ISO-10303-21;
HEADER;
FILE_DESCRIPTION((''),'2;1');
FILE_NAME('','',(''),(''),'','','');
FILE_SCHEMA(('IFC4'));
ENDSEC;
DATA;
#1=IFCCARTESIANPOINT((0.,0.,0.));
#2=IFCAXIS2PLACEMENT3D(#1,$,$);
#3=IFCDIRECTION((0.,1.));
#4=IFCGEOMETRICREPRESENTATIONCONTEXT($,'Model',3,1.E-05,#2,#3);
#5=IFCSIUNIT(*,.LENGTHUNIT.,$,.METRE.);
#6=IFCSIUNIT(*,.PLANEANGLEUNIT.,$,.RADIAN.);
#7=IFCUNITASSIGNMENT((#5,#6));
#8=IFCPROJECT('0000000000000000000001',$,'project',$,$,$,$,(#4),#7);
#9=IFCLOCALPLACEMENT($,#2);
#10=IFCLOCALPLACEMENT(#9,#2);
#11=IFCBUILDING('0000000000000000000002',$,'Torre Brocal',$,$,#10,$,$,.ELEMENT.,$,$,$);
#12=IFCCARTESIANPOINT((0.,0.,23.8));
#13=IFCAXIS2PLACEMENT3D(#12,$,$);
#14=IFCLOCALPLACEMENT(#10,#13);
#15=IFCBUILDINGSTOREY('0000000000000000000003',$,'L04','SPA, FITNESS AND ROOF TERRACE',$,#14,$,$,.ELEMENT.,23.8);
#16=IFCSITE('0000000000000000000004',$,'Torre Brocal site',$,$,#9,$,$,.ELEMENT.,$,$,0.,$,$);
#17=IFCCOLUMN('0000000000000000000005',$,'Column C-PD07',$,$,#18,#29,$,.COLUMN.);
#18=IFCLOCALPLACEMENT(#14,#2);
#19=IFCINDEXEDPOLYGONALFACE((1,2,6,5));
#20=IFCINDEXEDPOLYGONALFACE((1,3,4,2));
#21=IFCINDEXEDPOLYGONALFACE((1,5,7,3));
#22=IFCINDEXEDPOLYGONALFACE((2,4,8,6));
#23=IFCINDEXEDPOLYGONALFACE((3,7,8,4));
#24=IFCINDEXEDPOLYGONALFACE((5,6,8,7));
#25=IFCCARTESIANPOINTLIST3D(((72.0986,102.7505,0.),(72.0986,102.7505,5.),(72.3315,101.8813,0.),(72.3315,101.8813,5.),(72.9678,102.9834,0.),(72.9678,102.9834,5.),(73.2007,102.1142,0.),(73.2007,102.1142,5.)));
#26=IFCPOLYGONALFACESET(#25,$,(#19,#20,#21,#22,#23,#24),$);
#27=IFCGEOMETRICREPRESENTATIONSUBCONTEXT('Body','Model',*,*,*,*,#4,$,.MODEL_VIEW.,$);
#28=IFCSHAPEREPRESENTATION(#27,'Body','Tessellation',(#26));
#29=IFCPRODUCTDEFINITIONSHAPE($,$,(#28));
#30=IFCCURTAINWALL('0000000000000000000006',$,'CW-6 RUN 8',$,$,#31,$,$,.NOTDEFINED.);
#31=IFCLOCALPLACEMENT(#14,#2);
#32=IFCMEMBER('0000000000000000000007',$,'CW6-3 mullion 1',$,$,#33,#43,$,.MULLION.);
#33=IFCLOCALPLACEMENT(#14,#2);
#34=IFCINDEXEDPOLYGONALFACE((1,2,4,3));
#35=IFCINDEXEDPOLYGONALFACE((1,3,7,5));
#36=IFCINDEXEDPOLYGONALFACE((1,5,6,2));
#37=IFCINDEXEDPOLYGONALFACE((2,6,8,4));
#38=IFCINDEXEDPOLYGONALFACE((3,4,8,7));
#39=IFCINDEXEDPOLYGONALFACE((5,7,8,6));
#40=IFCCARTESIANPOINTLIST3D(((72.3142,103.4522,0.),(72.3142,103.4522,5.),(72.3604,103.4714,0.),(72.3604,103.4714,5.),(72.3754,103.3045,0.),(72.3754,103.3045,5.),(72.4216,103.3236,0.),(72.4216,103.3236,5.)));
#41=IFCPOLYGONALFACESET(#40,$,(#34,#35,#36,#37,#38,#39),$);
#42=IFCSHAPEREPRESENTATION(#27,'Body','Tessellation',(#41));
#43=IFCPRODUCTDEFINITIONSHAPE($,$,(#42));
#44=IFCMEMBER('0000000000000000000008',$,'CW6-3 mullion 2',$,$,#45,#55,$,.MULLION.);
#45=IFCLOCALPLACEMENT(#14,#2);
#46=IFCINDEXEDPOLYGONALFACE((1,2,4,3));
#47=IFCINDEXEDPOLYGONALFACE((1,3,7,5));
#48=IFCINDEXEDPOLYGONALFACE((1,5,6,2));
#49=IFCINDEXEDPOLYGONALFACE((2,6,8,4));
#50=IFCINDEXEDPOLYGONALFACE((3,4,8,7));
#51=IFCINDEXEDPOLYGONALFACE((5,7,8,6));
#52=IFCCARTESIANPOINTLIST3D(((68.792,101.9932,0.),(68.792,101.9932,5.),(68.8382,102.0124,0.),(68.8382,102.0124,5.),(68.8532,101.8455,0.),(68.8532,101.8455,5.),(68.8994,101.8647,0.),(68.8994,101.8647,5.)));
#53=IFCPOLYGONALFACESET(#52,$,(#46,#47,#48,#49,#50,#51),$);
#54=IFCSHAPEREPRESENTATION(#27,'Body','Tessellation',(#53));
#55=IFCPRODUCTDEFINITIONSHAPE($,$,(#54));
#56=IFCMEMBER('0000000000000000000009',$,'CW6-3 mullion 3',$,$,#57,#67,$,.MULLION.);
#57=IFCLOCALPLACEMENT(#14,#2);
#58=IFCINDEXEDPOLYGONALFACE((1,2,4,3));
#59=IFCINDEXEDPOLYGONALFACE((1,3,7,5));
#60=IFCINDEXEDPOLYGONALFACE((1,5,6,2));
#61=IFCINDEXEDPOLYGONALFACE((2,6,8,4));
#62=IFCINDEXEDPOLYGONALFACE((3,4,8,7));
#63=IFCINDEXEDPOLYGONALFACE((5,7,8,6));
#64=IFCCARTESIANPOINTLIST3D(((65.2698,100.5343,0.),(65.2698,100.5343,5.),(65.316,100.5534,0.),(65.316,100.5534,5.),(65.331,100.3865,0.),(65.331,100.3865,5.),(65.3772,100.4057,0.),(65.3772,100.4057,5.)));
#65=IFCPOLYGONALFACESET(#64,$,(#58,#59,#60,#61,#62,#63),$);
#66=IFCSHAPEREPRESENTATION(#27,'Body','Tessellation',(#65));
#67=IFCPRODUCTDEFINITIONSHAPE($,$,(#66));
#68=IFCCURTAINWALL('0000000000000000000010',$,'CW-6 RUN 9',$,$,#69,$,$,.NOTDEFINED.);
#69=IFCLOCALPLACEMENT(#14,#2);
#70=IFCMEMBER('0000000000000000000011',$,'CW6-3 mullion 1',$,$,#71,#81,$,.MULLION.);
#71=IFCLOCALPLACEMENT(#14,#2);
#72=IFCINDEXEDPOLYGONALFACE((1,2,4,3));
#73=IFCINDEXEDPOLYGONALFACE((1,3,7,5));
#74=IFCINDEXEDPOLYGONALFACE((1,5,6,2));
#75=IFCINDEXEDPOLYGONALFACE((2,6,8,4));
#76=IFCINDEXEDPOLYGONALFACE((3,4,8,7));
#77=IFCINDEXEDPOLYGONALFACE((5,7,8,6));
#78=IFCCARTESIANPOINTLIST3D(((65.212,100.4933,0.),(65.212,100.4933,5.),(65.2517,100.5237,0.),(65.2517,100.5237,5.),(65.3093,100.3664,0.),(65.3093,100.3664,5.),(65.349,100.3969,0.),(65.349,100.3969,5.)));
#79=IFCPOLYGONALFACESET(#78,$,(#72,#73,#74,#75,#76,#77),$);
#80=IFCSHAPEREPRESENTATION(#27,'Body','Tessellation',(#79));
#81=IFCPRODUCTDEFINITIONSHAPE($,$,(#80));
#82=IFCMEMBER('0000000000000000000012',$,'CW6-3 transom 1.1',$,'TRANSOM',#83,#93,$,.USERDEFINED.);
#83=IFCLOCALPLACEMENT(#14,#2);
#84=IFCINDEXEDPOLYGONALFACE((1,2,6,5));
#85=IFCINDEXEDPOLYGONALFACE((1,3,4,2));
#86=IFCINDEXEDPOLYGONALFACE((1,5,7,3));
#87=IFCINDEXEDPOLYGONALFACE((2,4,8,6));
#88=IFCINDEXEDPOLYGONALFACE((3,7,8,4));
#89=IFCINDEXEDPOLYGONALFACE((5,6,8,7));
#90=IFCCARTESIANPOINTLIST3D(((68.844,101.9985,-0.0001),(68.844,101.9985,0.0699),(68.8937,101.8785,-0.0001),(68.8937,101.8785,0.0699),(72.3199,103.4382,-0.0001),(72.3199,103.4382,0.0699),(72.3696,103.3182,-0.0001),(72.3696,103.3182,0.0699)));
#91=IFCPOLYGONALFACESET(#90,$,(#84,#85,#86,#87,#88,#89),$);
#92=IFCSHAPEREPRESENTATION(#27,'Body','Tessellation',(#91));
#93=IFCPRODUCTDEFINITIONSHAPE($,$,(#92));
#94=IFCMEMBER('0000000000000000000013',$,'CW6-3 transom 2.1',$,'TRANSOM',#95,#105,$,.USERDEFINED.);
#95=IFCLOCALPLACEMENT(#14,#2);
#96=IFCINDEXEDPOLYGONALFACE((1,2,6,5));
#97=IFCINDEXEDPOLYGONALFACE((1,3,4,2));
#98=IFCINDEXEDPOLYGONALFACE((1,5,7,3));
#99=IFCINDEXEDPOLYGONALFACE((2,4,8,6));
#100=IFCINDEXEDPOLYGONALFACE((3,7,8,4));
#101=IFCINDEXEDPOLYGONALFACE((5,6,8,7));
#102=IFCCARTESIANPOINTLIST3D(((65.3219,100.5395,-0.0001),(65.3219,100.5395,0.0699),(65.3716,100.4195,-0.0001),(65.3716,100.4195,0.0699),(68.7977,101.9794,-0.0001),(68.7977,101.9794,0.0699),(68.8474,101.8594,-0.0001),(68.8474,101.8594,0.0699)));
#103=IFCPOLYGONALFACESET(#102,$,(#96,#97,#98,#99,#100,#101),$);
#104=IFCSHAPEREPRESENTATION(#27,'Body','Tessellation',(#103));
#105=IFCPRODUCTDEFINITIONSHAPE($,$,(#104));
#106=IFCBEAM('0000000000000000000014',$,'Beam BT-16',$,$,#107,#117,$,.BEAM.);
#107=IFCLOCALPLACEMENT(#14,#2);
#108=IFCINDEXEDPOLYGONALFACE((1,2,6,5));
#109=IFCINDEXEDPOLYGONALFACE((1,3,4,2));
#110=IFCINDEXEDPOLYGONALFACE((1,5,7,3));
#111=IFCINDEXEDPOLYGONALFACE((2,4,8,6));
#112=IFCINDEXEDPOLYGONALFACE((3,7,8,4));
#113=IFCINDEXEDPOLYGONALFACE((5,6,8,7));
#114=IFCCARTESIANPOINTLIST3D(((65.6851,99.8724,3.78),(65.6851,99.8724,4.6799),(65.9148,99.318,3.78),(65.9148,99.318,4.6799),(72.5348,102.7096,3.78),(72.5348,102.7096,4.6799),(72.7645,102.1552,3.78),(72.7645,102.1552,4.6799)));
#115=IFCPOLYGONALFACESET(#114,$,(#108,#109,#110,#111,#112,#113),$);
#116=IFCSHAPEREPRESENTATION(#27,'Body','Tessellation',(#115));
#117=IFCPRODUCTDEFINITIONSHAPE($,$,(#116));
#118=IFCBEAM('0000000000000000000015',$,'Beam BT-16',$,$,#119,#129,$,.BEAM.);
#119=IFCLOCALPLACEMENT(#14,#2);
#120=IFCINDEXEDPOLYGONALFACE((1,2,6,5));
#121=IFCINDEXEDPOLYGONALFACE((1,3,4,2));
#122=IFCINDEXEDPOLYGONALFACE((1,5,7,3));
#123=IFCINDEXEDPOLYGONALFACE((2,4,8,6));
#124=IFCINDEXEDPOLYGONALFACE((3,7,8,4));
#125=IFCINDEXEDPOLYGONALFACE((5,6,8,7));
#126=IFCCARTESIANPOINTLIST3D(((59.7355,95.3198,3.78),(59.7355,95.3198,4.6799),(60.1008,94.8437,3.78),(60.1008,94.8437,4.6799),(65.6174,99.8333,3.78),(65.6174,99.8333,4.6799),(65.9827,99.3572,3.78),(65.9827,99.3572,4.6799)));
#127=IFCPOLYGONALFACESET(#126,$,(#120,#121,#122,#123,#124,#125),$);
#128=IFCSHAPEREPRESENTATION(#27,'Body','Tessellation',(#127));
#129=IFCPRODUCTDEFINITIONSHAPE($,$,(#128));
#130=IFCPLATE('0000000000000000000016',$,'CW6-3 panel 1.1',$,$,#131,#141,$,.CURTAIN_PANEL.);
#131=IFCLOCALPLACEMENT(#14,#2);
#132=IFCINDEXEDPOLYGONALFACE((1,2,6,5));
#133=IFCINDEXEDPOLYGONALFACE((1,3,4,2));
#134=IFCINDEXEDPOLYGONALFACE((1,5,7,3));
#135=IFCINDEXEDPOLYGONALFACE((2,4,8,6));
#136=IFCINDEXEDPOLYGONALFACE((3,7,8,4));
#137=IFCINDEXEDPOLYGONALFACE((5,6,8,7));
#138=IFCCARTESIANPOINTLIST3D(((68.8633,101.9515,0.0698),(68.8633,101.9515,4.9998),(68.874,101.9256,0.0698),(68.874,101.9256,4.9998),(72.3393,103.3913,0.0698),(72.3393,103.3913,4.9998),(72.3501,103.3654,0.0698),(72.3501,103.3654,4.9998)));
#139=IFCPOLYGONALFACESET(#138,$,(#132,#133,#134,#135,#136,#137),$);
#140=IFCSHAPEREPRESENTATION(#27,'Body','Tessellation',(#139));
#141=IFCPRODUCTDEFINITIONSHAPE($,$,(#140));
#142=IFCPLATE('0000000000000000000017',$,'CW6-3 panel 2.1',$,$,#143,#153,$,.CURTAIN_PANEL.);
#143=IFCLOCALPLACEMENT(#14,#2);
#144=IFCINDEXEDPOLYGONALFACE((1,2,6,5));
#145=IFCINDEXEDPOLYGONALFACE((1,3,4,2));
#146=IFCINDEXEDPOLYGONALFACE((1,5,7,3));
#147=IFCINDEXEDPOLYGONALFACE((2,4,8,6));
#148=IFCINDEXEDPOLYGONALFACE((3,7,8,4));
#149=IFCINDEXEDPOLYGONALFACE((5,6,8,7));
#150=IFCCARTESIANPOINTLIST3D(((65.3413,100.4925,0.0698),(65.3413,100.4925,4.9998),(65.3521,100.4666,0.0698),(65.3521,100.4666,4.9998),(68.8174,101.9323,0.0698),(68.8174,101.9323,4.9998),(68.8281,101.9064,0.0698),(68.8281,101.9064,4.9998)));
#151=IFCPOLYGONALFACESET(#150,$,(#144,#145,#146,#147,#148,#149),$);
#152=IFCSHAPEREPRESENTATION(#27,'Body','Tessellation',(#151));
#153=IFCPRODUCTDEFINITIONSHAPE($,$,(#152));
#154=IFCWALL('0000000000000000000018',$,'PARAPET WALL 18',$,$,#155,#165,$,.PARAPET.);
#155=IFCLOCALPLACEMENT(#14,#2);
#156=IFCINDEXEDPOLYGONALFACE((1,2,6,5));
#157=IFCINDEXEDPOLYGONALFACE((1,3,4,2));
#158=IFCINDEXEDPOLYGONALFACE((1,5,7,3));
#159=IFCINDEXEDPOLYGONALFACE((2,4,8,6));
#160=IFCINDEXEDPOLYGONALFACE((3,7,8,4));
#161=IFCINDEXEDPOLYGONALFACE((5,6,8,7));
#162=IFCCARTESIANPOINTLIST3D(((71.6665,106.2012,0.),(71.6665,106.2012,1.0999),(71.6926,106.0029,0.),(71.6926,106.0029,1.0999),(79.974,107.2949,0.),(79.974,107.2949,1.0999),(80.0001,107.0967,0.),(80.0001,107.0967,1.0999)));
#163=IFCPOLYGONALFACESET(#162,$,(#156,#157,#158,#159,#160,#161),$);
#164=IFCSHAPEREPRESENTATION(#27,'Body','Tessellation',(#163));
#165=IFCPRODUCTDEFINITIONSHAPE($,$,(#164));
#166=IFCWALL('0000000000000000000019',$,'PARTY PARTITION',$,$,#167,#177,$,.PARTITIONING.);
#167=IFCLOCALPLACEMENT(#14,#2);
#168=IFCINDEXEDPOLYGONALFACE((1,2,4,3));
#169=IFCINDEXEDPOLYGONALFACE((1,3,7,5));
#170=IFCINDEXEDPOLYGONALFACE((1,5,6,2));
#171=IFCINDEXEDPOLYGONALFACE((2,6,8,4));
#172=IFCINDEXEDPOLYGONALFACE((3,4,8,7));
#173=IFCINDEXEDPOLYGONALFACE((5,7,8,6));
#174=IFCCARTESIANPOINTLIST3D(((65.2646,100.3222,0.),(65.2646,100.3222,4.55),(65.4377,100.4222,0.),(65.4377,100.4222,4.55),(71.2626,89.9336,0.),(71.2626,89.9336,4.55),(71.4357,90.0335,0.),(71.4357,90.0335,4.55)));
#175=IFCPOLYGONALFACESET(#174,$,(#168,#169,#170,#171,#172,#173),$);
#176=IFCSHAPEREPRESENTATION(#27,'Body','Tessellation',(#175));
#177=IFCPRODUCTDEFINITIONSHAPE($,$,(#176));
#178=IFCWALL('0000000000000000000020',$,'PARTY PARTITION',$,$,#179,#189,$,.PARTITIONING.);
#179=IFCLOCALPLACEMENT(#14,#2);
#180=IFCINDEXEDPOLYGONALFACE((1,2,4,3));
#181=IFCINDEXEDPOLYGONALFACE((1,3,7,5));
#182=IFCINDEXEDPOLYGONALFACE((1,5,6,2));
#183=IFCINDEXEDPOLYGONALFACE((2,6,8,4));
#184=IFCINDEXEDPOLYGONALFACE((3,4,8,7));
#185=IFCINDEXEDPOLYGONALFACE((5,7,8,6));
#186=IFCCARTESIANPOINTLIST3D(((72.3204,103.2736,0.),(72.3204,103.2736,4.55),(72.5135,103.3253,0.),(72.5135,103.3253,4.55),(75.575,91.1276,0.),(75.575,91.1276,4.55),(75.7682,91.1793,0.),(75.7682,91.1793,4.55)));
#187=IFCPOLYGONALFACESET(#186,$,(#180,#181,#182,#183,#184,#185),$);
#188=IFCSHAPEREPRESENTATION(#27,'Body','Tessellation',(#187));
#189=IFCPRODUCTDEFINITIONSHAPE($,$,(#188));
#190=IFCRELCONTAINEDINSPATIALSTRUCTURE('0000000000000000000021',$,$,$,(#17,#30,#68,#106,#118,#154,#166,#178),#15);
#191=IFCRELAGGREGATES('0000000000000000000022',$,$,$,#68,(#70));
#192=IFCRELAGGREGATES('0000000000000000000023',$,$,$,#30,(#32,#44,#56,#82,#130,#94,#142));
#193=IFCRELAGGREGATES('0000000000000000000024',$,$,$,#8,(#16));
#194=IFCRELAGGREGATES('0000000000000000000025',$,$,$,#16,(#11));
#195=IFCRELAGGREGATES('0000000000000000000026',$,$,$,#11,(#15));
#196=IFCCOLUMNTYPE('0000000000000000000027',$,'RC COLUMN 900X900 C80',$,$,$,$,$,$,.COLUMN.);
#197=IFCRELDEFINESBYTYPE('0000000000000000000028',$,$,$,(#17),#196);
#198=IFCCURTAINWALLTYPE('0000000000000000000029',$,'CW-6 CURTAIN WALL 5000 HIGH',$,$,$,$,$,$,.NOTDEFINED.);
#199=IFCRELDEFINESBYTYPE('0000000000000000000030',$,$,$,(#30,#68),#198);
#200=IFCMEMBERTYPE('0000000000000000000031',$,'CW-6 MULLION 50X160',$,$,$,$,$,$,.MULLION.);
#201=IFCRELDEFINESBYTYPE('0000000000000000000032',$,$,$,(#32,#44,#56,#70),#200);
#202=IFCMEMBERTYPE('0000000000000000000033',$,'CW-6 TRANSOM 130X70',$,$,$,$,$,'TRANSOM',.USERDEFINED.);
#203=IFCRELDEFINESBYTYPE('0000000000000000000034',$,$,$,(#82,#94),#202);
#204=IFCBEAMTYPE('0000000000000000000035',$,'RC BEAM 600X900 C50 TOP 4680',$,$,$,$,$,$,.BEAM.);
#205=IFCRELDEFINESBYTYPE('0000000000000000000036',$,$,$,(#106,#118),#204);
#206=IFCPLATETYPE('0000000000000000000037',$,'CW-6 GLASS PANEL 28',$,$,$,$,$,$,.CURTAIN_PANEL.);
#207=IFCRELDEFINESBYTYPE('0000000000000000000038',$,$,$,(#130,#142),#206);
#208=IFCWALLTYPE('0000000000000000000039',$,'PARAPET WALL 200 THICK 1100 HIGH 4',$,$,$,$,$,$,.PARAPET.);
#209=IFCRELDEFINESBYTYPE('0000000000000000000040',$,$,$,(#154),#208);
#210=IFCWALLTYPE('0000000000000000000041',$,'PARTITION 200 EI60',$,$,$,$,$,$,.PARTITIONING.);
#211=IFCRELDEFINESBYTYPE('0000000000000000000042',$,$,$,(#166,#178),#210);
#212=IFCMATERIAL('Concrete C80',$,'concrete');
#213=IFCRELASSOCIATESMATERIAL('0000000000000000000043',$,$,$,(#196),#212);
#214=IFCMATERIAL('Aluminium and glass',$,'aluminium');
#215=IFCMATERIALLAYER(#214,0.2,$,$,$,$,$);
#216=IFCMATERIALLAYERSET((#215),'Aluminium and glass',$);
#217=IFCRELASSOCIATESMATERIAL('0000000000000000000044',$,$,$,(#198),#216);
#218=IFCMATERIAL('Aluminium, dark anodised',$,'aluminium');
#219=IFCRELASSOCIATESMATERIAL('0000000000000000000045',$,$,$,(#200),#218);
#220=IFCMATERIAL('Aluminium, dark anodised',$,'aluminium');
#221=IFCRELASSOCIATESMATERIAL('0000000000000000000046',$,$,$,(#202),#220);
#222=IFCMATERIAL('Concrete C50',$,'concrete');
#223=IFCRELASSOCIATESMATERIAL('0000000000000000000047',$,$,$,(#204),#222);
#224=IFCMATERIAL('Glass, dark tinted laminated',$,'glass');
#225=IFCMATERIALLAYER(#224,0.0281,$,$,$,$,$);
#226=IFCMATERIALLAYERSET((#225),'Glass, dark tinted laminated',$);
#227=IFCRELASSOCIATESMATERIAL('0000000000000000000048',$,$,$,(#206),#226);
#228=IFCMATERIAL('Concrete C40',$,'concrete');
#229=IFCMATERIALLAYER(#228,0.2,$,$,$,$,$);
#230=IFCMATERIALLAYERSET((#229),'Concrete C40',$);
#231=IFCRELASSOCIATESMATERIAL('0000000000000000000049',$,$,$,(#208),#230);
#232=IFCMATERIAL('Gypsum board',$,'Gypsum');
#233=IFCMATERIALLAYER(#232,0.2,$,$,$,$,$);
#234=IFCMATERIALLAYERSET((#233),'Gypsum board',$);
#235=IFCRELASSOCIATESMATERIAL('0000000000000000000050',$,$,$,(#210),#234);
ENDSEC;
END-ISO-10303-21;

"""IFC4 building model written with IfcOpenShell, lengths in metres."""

from ifc_helpers import new_model, si_unit, direction, frame, frame_2d, origin, origin_2d, place, context, subcontext, project, spatial, rectangle, extrude, material, layer, layer_set, material_profile, profile_set, type_object, element, aggregate, save


model = new_model("IFC4")

# Units and contexts
model_context = context("Model", 3, precision=1e-05, world=origin(), true_north=direction((0.0, 1.0)))
body_context = subcontext(model_context, "Body", "Model", "MODEL_VIEW")
ifc_project = project(units=[si_unit("LENGTHUNIT", "METRE"), si_unit("PLANEANGLEUNIT", "RADIAN")], contexts=[model_context])

# Site, building, storey
site_placement = place(None, origin())
site = spatial("IfcSite", under=ifc_project, at=site_placement, Name="Torre Brocal site", CompositionType="ELEMENT", RefElevation=0.0)
building_placement = place(site_placement, origin())
building = spatial("IfcBuilding", under=site, at=building_placement, Name="Torre Brocal", CompositionType="ELEMENT")
storey_placement = place(building_placement, frame((0.0, 0.0, 23.8)))
storey = spatial("IfcBuildingStorey", under=building, at=storey_placement, Name="L04", Description="SPA, FITNESS AND ROOF TERRACE", CompositionType="ELEMENT", Elevation=23.8)

# Column
ifc_material_1 = material(Name="Concrete C80", Category="concrete")
ifc_material_profile_1 = material_profile(ifc_material_1, rectangle(XDim=0.8999, YDim=0.8999, at=origin_2d()), Name="RC 900X900")
ifc_profile_set_1 = profile_set([ifc_material_profile_1], Name="Concrete C80")
column_type = type_object("IfcColumnType", Name="RC COLUMN 900X900 C80", PredefinedType="COLUMN", material=ifc_profile_set_1)
column_placement = place(storey_placement, frame((72.6497, 102.4324, 0.0), z_axis=(0.0, 0.0, 1.0), x_axis=(-0.258819, 0.965926, 0.0)))
element("IfcColumn", 1, at=column_placement, inside=storey, type_object=column_type, Name="Column C-PD07", PredefinedType="COLUMN", context=body_context, shape_type="SweptSolid", body=[
    extrude(rectangle(XDim=0.8999, YDim=0.8999, at=origin_2d()), origin(), (0.0, 0.0, 1.0), 5.0),
])

# Curtain wall, members
ifc_material_2 = material(Name="Aluminium and glass", Category="aluminium")
ifc_layer_1 = layer(ifc_material_2, 0.2)
ifc_layer_set_1 = layer_set([ifc_layer_1], Name="Aluminium and glass")
curtain_wall_type = type_object("IfcCurtainWallType", Name="CW-6 CURTAIN WALL 5000 HIGH", PredefinedType="NOTDEFINED", material=ifc_layer_set_1)
curtain_wall_1_placement = place(storey_placement, origin())
curtain_wall_1 = element("IfcCurtainWall", 2, at=curtain_wall_1_placement, inside=storey, type_object=curtain_wall_type, Name="CW-6 RUN 8", PredefinedType="NOTDEFINED")
ifc_material_3 = material(Name="Aluminium, dark anodised", Category="aluminium")
ifc_material_profile_2 = material_profile(ifc_material_3, rectangle(XDim=0.1599, YDim=0.05, at=origin_2d()), Name="CW-6 MULLION 50X160")
ifc_profile_set_2 = profile_set([ifc_material_profile_2], Name="Aluminium, dark anodised")
member_type_1 = type_object("IfcMemberType", Name="CW-6 MULLION 50X160", PredefinedType="MULLION", material=ifc_profile_set_2)
member_1_placement = place(storey_placement, frame((72.3679, 103.3879, 0.0), z_axis=(0.0, 0.0, 1.0), x_axis=(0.382683, -0.92388, 0.0)))
member_1 = element("IfcMember", 3, at=member_1_placement, type_object=member_type_1, Name="CW6-3 mullion 1", PredefinedType="MULLION", context=body_context, shape_type="SweptSolid", body=[
    extrude(rectangle(XDim=0.1599, YDim=0.05, at=origin_2d()), origin(), (0.0, 0.0, 1.0), 5.0),
])
member_2_placement = place(storey_placement, frame((68.8457, 101.929, 0.0), z_axis=(0.0, 0.0, 1.0), x_axis=(0.382683, -0.92388, 0.0)))
member_2 = element("IfcMember", 4, at=member_2_placement, type_object=member_type_1, Name="CW6-3 mullion 2", PredefinedType="MULLION", context=body_context, shape_type="SweptSolid", body=[
    extrude(rectangle(XDim=0.1599, YDim=0.05, at=origin_2d()), origin(), (0.0, 0.0, 1.0), 5.0),
])
member_3_placement = place(storey_placement, frame((65.3235, 100.47, 0.0), z_axis=(0.0, 0.0, 1.0), x_axis=(0.382683, -0.92388, 0.0)))
member_3 = element("IfcMember", 5, at=member_3_placement, type_object=member_type_1, Name="CW6-3 mullion 3", PredefinedType="MULLION", context=body_context, shape_type="SweptSolid", body=[
    extrude(rectangle(XDim=0.1599, YDim=0.05, at=origin_2d()), origin(), (0.0, 0.0, 1.0), 5.0),
])

# Curtain wall, member
curtain_wall_2_placement = place(storey_placement, origin())
curtain_wall_2 = element("IfcCurtainWall", 6, at=curtain_wall_2_placement, inside=storey, type_object=curtain_wall_type, Name="CW-6 RUN 9", PredefinedType="NOTDEFINED")
member_4_placement = place(storey_placement, frame((65.2805, 100.4451, 0.0), z_axis=(0.0, 0.0, 1.0), x_axis=(0.608761, -0.793353, 0.0)))
member_4 = element("IfcMember", 7, at=member_4_placement, type_object=member_type_1, Name="CW6-3 mullion 1", PredefinedType="MULLION", context=body_context, shape_type="SweptSolid", body=[
    extrude(rectangle(XDim=0.1599, YDim=0.05, at=origin_2d()), origin(), (0.0, 0.0, 1.0), 5.0),
])
aggregate(curtain_wall_2, [member_4])

# Members
ifc_material_4 = material(Name="Aluminium, dark anodised", Category="aluminium")
ifc_material_profile_3 = material_profile(ifc_material_4, rectangle(XDim=0.1299, YDim=0.0701, at=origin_2d()), Name="CW-6 TRANSOM 130X70")
ifc_profile_set_3 = profile_set([ifc_material_profile_3], Name="Aluminium, dark anodised")
member_type_2 = type_object("IfcMemberType", Name="CW-6 TRANSOM 130X70", ElementType="TRANSOM", PredefinedType="USERDEFINED", material=ifc_profile_set_3)
member_5_placement = place(storey_placement, frame((72.3447, 103.3782, 0.0349), z_axis=(-0.923883, -0.382675, 0.0), x_axis=(0.382675, -0.923883, 0.0)))
member_5 = element("IfcMember", 8, at=member_5_placement, type_object=member_type_2, Name="CW6-3 transom 1.1", ObjectType="TRANSOM", PredefinedType="USERDEFINED", context=body_context, shape_type="SweptSolid", body=[
    extrude(rectangle(XDim=0.1299, YDim=0.0701, at=origin_2d()), origin(), (0.0, 0.0, 1.0), 3.7622),
])
member_6_placement = place(storey_placement, frame((68.8225, 101.9194, 0.0349), z_axis=(-0.92386, -0.38273, 0.0), x_axis=(0.38273, -0.92386, 0.0)))
member_6 = element("IfcMember", 9, at=member_6_placement, type_object=member_type_2, Name="CW6-3 transom 2.1", ObjectType="TRANSOM", PredefinedType="USERDEFINED", context=body_context, shape_type="SweptSolid", body=[
    extrude(rectangle(XDim=0.1299, YDim=0.0701, at=origin_2d()), origin(), (0.0, 0.0, 1.0), 3.7622),
])

# Beams
ifc_material_5 = material(Name="Concrete C50", Category="concrete")
ifc_material_profile_4 = material_profile(ifc_material_5, rectangle(XDim=0.6001, YDim=0.8999, at=origin_2d()), Name="RC 600X900")
ifc_profile_set_4 = profile_set([ifc_material_profile_4], Name="Concrete C50")
beam_type = type_object("IfcBeamType", Name="RC BEAM 600X900 C50 TOP 4680", PredefinedType="BEAM", material=ifc_profile_set_4)
for number, where, z_axis, x_axis, name in (
    (10, (72.6497, 102.4324, 4.23), (-0.923882, -0.382678, 0.0), (0.382678, -0.923882, 0.0), "Beam BT-16"),
    (11, (65.8, 99.5952, 4.23), (-0.793344, -0.608773, 0.0), (0.608773, -0.793344, 0.0), "Beam BT-16"),
):
    element("IfcBeam", number, at=place(storey_placement, frame(where, z_axis=z_axis, x_axis=x_axis)), inside=storey, type_object=beam_type, Name=name, PredefinedType="BEAM", context=body_context, shape_type="SweptSolid", body=[
        extrude(rectangle(XDim=0.6001, YDim=0.8999, at=origin_2d()), origin(), (0.0, 0.0, 1.0), 7.4141),
    ])

# Plates
ifc_material_6 = material(Name="Glass, dark tinted laminated", Category="glass")
ifc_layer_2 = layer(ifc_material_6, 0.0281)
ifc_layer_set_2 = layer_set([ifc_layer_2], Name="Glass, dark tinted laminated")
plate_type = type_object("IfcPlateType", Name="CW-6 GLASS PANEL 28", PredefinedType="CURTAIN_PANEL", material=ifc_layer_set_2)
plate_1_placement = place(storey_placement, frame((70.6067, 102.6584, 0.0698), z_axis=(0.0, 0.0, 1.0), x_axis=(-0.92388, -0.382683, 0.0)))
plate_1 = element("IfcPlate", 12, at=plate_1_placement, type_object=plate_type, Name="CW6-3 panel 1.1", PredefinedType="CURTAIN_PANEL", context=body_context, shape_type="SweptSolid", body=[
    extrude(rectangle(XDim=3.7625, YDim=0.0281, at=origin_2d()), origin(), (0.0, 0.0, 1.0), 4.9299),
])
plate_2_placement = place(storey_placement, frame((67.0847, 101.1995, 0.0698), z_axis=(0.0, 0.0, 1.0), x_axis=(-0.92388, -0.382683, 0.0)))
plate_2 = element("IfcPlate", 13, at=plate_2_placement, type_object=plate_type, Name="CW6-3 panel 2.1", PredefinedType="CURTAIN_PANEL", context=body_context, shape_type="SweptSolid", body=[
    extrude(rectangle(XDim=3.7625, YDim=0.0281, at=origin_2d()), origin(), (0.0, 0.0, 1.0), 4.9299),
])
aggregate(curtain_wall_1, [member_1, member_2, member_3, member_5, plate_1, member_6, plate_2])

# Walls
ifc_material_7 = material(Name="Concrete C40", Category="concrete")
ifc_layer_3 = layer(ifc_material_7, 0.2)
ifc_layer_set_3 = layer_set([ifc_layer_3], Name="Concrete C40")
wall_type_1 = type_object("IfcWallType", Name="PARAPET WALL 200 THICK 1100 HIGH 4", PredefinedType="PARAPET", material=ifc_layer_set_3)
wall_1_placement = place(storey_placement, frame((71.6797, 106.1021, 0.0), z_axis=(0.0, 0.0, 1.0), x_axis=(0.991444, 0.130534, 0.0)))
element("IfcWall", 14, at=wall_1_placement, inside=storey, type_object=wall_type_1, Name="PARAPET WALL 18", PredefinedType="PARAPET", context=body_context, shape_type="SweptSolid", body=[
    extrude(rectangle(XDim=8.3792, YDim=0.2, at=frame_2d((4.1895, 0.0))), origin(), (0.0, 0.0, 1.0), 1.0999),
])
ifc_material_8 = material(Name="Gypsum board", Category="Gypsum")
ifc_layer_4 = layer(ifc_material_8, 0.2)
ifc_layer_set_4 = layer_set([ifc_layer_4], Name="Gypsum board")
wall_type_2 = type_object("IfcWallType", Name="PARTITION 200 EI60", PredefinedType="PARTITIONING", material=ifc_layer_set_4)
wall_2_placement = place(storey_placement, frame((65.3511, 100.3723, 0.0), z_axis=(0.0, 0.0, 1.0), x_axis=(0.500009, -0.86602, 0.0)))
element("IfcWall", 15, at=wall_2_placement, inside=storey, type_object=wall_type_2, Name="PARTY PARTITION", PredefinedType="PARTITIONING", context=body_context, shape_type="SweptSolid", body=[
    extrude(rectangle(XDim=11.9958, YDim=0.2, at=frame_2d((5.998, 0.0))), origin(), (0.0, 0.0, 1.0), 4.55),
])
wall_3_placement = place(storey_placement, frame((72.417, 103.2993, 0.0), z_axis=(0.0, 0.0, 1.0), x_axis=(0.258829, -0.965923, 0.0)))
element("IfcWall", 16, at=wall_3_placement, inside=storey, type_object=wall_type_2, Name="PARTY PARTITION", PredefinedType="PARTITIONING", context=body_context, shape_type="SweptSolid", body=[
    extrude(rectangle(XDim=12.5745, YDim=0.2, at=frame_2d((6.2871, 0.0))), origin(), (0.0, 0.0, 1.0), 4.55),
])

save(model, "model.ifc")
